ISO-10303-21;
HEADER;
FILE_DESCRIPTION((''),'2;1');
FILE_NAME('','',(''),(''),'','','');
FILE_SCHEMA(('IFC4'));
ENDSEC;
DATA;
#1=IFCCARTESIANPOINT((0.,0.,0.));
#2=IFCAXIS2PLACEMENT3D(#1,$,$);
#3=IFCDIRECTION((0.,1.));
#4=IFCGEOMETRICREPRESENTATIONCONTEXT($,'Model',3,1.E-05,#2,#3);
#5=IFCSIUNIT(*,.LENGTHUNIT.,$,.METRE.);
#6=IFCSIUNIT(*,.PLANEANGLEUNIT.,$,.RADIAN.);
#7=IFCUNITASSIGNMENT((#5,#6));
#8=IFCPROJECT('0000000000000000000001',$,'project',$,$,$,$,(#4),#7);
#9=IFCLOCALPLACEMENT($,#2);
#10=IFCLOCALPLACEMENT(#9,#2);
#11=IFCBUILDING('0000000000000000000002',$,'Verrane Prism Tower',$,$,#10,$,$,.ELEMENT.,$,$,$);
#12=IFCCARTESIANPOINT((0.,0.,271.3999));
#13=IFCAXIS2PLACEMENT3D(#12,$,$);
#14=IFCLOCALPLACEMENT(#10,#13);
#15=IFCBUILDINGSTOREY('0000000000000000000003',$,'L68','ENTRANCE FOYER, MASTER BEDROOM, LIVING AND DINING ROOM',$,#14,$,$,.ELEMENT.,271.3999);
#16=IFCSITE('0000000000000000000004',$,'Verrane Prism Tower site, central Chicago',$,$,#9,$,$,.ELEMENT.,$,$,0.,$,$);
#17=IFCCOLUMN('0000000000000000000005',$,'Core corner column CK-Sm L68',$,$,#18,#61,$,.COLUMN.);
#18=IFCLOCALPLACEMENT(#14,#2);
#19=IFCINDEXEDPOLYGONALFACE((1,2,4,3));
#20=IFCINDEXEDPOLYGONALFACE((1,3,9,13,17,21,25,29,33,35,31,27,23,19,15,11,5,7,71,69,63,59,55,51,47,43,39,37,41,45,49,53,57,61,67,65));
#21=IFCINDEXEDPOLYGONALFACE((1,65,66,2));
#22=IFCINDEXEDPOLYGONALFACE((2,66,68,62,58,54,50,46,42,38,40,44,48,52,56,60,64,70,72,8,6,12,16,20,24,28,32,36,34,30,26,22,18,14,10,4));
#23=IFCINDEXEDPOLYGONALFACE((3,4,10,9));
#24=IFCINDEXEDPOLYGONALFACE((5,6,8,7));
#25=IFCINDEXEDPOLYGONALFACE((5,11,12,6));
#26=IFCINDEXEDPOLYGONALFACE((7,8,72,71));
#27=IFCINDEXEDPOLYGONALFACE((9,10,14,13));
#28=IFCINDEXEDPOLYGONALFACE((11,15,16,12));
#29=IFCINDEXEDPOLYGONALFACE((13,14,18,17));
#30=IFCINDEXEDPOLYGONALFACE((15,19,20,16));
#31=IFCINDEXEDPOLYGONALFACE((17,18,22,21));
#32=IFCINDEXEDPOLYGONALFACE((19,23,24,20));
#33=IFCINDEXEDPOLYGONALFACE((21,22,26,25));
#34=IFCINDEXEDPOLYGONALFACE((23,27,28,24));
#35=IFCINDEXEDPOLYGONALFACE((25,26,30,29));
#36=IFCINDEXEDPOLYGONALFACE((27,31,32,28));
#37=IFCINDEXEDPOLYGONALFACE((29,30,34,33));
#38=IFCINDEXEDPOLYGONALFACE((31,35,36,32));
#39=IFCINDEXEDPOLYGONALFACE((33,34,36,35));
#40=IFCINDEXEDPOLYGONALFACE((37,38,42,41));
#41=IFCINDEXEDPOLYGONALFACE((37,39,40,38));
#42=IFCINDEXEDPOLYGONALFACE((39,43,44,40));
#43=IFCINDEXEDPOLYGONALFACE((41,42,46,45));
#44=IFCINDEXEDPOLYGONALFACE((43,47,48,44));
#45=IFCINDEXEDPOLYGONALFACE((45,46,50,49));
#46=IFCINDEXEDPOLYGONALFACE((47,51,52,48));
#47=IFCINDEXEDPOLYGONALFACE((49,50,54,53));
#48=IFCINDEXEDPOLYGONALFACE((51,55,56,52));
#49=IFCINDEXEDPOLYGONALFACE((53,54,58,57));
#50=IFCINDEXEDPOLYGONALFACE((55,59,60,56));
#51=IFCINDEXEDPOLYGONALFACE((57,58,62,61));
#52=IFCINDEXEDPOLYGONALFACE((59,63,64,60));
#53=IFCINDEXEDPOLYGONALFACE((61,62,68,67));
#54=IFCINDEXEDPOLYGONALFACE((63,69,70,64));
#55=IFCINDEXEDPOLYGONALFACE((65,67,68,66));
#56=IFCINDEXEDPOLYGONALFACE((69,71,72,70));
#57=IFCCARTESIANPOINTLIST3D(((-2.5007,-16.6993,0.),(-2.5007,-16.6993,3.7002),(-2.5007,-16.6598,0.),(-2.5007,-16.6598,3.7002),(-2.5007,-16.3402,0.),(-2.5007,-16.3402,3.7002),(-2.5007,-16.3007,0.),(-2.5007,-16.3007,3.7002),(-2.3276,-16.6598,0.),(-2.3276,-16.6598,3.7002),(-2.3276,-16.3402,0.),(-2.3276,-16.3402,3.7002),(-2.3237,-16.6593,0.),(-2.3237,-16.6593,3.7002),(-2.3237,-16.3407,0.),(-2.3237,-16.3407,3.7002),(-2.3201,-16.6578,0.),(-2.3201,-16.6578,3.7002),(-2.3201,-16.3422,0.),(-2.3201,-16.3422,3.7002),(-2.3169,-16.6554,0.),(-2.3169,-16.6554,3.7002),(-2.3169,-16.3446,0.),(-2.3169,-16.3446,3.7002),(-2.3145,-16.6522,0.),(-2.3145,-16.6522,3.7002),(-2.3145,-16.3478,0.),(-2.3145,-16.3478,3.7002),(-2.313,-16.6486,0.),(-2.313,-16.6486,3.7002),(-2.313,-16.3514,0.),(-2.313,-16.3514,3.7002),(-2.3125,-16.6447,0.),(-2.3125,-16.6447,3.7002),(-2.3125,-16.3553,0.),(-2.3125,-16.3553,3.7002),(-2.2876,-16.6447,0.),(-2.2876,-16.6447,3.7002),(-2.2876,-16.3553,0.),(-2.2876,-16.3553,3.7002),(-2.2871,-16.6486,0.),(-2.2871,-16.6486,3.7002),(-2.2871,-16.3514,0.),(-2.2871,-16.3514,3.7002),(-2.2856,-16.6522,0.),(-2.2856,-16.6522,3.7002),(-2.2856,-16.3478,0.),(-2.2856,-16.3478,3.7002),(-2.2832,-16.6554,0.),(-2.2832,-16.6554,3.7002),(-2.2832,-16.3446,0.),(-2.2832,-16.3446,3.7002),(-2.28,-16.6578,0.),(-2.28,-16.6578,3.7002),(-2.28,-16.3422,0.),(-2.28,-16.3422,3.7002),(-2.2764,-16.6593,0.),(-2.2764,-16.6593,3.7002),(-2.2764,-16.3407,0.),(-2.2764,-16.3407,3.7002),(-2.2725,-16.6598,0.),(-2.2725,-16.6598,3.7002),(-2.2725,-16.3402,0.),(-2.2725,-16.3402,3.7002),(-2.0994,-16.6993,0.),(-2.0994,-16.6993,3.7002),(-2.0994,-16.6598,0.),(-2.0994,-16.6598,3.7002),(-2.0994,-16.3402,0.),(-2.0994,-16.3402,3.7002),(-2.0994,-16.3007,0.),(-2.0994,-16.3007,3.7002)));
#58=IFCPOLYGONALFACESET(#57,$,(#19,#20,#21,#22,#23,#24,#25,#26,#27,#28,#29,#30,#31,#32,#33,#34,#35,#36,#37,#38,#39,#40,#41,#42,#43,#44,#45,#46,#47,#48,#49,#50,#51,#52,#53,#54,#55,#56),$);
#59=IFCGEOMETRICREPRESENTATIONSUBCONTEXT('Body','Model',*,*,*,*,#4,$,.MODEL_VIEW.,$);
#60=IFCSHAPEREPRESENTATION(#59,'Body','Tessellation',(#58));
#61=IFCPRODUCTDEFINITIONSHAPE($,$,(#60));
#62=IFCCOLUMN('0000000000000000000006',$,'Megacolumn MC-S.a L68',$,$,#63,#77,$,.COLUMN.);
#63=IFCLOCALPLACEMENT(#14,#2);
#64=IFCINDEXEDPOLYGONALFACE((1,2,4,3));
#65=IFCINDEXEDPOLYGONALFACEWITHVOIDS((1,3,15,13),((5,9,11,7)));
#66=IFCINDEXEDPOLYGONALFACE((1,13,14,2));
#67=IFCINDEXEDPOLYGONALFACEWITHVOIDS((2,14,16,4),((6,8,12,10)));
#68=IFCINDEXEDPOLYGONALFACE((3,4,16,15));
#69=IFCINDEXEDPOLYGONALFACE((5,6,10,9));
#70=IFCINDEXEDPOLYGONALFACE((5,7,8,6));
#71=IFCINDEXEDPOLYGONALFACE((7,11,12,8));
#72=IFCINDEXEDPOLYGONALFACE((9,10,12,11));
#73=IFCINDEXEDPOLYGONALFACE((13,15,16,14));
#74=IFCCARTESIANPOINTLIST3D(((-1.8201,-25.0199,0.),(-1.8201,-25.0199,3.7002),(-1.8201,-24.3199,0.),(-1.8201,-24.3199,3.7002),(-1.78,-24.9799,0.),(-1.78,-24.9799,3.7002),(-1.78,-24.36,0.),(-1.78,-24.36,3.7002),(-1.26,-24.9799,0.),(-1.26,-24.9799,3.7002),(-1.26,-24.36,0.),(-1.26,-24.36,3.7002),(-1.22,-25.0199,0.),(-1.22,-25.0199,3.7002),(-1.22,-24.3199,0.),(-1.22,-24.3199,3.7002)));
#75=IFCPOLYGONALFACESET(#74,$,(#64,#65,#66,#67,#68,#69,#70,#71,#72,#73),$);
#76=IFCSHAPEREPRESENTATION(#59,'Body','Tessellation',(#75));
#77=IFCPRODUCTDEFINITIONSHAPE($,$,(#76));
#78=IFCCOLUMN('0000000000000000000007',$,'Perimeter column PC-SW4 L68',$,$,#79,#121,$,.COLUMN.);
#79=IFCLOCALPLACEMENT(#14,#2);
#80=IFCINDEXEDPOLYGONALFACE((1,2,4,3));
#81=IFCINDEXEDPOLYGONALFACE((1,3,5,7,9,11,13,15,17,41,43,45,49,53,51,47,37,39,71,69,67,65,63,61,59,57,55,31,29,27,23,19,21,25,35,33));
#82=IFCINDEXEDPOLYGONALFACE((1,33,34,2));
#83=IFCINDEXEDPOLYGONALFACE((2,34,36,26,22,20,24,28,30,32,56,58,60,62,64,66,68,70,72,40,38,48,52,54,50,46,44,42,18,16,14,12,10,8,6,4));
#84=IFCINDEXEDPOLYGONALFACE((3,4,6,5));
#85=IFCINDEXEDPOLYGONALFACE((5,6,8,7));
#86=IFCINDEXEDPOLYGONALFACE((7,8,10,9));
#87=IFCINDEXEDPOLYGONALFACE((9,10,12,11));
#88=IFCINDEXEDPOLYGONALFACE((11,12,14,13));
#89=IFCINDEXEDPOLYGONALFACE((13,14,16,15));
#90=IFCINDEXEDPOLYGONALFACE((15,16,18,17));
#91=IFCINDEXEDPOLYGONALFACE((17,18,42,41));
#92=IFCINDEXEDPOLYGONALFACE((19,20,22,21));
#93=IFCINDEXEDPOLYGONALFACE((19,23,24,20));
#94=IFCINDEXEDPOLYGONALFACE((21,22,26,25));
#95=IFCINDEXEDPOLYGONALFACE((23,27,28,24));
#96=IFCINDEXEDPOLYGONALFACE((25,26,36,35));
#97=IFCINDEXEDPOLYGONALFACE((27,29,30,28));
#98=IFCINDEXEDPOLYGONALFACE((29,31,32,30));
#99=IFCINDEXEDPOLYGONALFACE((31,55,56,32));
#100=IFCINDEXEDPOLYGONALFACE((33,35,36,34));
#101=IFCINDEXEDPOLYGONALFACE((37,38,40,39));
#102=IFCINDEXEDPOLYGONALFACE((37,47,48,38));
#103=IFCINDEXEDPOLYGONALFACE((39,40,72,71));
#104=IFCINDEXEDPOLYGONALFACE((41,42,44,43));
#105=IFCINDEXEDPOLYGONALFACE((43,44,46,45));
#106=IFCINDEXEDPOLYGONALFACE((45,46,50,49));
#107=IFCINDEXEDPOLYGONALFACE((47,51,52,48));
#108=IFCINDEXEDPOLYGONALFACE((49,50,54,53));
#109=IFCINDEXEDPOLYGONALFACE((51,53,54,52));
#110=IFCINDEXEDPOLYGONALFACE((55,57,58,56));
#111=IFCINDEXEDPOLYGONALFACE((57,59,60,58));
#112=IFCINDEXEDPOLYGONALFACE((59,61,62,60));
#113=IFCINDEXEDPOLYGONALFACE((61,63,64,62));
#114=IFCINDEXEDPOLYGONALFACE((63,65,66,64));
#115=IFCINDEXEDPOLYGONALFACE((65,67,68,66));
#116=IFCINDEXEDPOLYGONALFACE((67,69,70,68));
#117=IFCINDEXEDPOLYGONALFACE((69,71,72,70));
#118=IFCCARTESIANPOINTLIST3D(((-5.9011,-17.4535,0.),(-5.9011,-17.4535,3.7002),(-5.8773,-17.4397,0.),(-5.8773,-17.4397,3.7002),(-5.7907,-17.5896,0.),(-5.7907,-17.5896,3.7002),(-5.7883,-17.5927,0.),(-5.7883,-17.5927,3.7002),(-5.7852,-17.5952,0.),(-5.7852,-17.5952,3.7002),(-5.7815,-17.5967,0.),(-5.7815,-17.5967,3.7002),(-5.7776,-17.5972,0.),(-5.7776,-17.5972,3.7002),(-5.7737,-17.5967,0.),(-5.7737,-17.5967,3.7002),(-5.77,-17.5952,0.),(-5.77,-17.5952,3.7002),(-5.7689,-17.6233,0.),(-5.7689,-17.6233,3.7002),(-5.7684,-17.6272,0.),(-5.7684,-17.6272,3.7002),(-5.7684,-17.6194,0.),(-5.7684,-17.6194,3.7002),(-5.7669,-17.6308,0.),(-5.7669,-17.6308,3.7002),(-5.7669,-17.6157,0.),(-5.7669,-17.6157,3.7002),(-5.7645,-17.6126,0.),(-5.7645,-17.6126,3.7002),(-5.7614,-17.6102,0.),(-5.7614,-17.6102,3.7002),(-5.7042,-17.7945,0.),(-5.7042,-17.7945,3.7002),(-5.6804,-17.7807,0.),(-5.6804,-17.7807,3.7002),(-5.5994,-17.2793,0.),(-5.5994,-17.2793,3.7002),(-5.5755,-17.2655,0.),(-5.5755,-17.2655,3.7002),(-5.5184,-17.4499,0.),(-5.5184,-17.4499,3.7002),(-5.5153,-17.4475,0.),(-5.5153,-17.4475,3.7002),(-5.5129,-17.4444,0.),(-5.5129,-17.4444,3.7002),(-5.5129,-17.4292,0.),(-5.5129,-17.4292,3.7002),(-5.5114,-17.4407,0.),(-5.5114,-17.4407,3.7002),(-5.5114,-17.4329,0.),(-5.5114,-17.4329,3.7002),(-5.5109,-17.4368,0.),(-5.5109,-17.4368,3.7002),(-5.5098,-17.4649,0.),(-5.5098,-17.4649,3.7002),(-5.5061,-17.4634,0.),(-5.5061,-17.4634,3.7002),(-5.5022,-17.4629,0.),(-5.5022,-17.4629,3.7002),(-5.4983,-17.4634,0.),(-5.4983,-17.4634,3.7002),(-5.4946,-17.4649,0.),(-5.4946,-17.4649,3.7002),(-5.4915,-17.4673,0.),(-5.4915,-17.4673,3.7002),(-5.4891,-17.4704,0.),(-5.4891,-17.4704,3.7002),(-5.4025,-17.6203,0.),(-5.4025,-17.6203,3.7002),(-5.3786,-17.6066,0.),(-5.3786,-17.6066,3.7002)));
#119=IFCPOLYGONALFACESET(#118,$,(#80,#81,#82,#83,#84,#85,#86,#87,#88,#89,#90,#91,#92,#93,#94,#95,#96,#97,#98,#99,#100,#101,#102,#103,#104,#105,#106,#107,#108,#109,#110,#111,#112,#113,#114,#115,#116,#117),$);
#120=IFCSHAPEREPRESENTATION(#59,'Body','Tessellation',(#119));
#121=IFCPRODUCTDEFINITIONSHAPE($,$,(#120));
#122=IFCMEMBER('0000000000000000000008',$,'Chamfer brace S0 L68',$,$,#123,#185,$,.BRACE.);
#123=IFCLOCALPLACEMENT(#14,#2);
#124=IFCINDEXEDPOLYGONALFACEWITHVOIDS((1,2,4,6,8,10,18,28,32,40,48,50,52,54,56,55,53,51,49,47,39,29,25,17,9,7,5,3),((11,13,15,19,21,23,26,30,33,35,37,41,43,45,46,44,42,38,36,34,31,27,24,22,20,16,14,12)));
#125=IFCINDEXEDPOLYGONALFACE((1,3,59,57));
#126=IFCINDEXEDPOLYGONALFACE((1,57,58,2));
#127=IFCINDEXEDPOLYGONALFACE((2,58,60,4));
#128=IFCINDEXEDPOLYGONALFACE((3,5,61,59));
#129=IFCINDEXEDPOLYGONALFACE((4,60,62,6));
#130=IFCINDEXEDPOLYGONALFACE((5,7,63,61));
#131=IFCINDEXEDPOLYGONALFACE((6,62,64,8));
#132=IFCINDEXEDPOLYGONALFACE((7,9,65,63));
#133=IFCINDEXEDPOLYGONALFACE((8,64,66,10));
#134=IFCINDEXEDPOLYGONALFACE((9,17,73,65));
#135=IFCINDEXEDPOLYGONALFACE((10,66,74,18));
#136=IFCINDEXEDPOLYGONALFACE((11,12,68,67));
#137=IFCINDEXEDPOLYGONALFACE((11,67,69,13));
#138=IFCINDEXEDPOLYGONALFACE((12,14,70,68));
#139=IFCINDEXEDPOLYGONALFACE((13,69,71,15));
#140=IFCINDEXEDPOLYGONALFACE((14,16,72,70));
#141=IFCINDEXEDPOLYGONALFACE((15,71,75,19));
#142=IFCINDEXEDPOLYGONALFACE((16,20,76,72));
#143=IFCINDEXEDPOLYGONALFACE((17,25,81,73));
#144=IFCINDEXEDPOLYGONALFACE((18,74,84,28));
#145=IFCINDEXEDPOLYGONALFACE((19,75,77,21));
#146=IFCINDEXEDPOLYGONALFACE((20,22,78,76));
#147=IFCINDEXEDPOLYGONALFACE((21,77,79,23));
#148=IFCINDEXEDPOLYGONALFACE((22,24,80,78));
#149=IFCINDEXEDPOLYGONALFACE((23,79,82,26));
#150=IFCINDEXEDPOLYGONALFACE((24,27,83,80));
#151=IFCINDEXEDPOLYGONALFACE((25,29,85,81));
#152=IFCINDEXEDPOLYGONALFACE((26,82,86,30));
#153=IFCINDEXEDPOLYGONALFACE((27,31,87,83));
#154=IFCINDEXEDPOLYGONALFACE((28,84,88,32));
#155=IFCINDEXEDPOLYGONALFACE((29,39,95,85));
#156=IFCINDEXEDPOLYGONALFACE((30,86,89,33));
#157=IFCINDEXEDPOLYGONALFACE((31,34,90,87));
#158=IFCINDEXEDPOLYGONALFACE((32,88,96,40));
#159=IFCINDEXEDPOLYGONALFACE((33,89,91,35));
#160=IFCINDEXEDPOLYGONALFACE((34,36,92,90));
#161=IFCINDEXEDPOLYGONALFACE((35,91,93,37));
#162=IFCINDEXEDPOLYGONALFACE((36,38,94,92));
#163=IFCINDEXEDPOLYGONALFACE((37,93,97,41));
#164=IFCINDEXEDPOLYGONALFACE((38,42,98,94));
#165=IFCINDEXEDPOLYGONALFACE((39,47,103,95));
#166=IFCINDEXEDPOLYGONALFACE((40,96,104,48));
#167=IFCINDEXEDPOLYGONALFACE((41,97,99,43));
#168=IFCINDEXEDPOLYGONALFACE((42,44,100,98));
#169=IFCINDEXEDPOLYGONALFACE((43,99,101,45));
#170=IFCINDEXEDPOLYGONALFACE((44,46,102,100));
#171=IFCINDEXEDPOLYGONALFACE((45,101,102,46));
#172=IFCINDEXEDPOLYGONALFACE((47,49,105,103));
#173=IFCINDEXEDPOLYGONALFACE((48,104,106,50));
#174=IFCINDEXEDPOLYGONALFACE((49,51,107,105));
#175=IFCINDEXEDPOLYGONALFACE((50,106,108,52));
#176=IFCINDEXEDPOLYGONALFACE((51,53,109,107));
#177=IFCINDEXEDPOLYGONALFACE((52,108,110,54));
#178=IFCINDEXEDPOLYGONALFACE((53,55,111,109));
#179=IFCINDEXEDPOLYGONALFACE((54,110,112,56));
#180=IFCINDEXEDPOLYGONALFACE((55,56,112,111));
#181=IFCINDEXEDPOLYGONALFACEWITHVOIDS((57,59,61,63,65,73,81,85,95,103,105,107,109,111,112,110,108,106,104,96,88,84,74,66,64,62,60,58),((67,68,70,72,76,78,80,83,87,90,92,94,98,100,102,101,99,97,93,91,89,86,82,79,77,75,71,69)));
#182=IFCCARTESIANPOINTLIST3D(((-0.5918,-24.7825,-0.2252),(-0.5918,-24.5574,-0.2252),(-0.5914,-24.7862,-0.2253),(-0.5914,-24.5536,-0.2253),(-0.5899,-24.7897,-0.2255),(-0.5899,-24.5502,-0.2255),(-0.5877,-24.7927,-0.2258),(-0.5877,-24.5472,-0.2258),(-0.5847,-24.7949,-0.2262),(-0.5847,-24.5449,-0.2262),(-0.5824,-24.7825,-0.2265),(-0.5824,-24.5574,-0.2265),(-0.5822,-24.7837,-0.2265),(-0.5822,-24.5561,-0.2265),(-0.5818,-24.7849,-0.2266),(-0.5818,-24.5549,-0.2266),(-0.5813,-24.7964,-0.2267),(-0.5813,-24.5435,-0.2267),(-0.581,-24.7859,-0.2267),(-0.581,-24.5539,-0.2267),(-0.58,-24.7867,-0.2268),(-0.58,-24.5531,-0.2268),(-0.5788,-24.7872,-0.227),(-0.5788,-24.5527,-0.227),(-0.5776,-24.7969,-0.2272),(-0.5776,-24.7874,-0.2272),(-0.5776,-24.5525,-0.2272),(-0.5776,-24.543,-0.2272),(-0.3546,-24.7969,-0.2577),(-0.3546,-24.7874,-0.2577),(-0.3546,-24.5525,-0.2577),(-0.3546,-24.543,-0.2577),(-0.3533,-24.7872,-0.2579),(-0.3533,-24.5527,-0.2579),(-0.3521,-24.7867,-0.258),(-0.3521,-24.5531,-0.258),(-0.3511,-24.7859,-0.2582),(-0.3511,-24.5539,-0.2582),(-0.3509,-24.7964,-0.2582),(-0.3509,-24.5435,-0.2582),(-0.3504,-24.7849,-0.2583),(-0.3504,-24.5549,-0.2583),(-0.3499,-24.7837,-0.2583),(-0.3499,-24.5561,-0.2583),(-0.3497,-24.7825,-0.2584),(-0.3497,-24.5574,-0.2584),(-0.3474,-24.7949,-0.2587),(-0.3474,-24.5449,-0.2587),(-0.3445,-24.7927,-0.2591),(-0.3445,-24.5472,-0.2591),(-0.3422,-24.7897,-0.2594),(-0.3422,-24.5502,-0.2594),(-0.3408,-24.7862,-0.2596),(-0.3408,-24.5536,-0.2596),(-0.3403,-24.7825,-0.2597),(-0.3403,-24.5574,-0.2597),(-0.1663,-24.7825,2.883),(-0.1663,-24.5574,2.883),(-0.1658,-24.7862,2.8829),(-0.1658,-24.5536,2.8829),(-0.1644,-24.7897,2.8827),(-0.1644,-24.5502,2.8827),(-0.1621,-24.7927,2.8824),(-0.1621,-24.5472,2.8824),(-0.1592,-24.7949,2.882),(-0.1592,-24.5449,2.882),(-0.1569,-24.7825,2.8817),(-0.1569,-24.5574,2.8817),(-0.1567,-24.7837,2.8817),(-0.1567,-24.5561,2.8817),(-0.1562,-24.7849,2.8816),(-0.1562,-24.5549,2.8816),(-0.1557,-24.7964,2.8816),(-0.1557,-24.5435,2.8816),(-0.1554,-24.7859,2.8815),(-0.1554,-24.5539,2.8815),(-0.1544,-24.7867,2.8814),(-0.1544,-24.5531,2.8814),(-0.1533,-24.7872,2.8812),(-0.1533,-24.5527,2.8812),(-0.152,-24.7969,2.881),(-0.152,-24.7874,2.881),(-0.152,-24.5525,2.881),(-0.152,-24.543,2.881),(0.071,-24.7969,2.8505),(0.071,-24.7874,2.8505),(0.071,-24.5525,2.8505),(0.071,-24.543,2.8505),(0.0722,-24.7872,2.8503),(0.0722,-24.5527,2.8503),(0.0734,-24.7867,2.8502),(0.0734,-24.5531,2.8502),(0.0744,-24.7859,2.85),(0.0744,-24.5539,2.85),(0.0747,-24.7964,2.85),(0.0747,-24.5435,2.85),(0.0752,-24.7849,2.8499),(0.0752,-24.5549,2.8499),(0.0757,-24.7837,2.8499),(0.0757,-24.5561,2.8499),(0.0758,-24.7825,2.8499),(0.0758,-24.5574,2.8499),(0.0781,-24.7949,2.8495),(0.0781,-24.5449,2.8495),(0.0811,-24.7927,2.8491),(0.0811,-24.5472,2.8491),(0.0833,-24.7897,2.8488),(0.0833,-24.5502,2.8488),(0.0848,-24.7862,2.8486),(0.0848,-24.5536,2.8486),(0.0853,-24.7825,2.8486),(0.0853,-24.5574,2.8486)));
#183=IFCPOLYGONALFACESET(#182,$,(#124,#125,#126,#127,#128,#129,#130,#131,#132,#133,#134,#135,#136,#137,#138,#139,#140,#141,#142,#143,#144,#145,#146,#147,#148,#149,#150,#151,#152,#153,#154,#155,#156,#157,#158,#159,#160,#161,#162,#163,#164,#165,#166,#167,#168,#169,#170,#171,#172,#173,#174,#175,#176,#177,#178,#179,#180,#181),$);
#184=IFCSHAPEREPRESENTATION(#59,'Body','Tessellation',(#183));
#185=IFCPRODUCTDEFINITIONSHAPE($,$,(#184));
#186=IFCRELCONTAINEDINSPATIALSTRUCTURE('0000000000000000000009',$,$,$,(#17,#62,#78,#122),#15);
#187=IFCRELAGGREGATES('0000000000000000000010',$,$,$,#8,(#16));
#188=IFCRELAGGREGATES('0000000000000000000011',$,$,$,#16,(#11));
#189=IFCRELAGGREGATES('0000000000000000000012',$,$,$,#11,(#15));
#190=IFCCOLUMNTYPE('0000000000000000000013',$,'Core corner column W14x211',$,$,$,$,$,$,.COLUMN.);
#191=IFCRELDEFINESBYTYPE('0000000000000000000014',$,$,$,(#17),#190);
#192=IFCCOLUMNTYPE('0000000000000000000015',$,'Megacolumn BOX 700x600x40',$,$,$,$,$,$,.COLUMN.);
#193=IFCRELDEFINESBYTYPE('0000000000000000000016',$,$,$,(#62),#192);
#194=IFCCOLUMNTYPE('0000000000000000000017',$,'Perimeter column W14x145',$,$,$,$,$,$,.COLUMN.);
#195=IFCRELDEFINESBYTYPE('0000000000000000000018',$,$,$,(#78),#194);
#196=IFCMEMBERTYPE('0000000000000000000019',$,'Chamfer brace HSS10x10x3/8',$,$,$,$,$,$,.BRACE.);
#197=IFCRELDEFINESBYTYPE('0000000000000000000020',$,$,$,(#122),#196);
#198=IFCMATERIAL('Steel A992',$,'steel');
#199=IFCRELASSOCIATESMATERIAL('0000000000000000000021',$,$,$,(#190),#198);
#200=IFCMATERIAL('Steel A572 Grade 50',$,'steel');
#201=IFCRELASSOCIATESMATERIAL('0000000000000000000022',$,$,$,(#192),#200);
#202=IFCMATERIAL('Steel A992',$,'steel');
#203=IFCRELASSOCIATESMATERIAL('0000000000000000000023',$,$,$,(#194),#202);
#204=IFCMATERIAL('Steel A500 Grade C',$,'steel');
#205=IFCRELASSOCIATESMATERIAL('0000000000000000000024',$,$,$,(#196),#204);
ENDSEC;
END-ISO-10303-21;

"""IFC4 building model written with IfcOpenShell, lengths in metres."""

from ifc_helpers import new_model, si_unit, direction, frame, origin, origin_2d, place, context, subcontext, project, spatial, hollow_rectangle, i_section, extrude, material, material_profile, profile_set, type_object, element, save


model = new_model("IFC4")

# Units and contexts
model_context = context("Model", 3, precision=1e-05, world=origin(), true_north=direction((0.0, 1.0)))
body_context = subcontext(model_context, "Body", "Model", "MODEL_VIEW")
ifc_project = project(units=[si_unit("LENGTHUNIT", "METRE"), si_unit("PLANEANGLEUNIT", "RADIAN")], contexts=[model_context])

# Site, building, storey
site_placement = place(None, origin())
site = spatial("IfcSite", under=ifc_project, at=site_placement, Name="Verrane Prism Tower site, central Chicago", CompositionType="ELEMENT", RefElevation=0.0)
building_placement = place(site_placement, origin())
building = spatial("IfcBuilding", under=site, at=building_placement, Name="Verrane Prism Tower", CompositionType="ELEMENT")
storey_placement = place(building_placement, frame((0.0, 0.0, 271.3999)))
storey = spatial("IfcBuildingStorey", under=building, at=storey_placement, Name="L68", Description="ENTRANCE FOYER, MASTER BEDROOM, LIVING AND DINING ROOM", CompositionType="ELEMENT", Elevation=271.3999)

# Columns
ifc_material_1 = material(Name="Steel A992", Category="steel")
ifc_material_profile_1 = material_profile(ifc_material_1, i_section(OverallWidth=0.4014, OverallDepth=0.3987, WebThickness=0.0249, FlangeThickness=0.0396, FilletRadius=0.0151, at=origin_2d()), Name="W14x211")
ifc_profile_set_1 = profile_set([ifc_material_profile_1], Name="Steel A992")
column_type_1 = type_object("IfcColumnType", Name="Core corner column W14x211", PredefinedType="COLUMN", material=ifc_profile_set_1)
column_1_placement = place(storey_placement, frame((-2.3, -16.5, 0.0), z_axis=(0.0, 0.0, 1.0), x_axis=(-1.0, 0.0, 0.0)))
element("IfcColumn", 1, at=column_1_placement, inside=storey, type_object=column_type_1, Name="Core corner column CK-Sm L68", PredefinedType="COLUMN", context=body_context, shape_type="SweptSolid", body=[
    extrude(i_section(OverallWidth=0.4014, OverallDepth=0.3987, WebThickness=0.0249, FlangeThickness=0.0396, FilletRadius=0.0151, at=origin_2d()), origin(), (0.0, 0.0, 1.0), 3.7002),
])
ifc_material_2 = material(Name="Steel A572 Grade 50", Category="steel")
ifc_material_profile_2 = material_profile(ifc_material_2, hollow_rectangle(XDim=0.6001, YDim=0.7, WallThickness=0.04, at=origin_2d()), Name="BOX 700x600x40")
ifc_profile_set_2 = profile_set([ifc_material_profile_2], Name="Steel A572 Grade 50")
column_type_2 = type_object("IfcColumnType", Name="Megacolumn BOX 700x600x40", PredefinedType="COLUMN", material=ifc_profile_set_2)
column_2_placement = place(storey_placement, frame((-1.52, -24.6699, 0.0), z_axis=(0.0, 0.0, 1.0), x_axis=(-1.0, 0.0, 0.0)))
element("IfcColumn", 2, at=column_2_placement, inside=storey, type_object=column_type_2, Name="Megacolumn MC-S.a L68", PredefinedType="COLUMN", context=body_context, shape_type="SweptSolid", body=[
    extrude(hollow_rectangle(XDim=0.6001, YDim=0.7, WallThickness=0.04, at=origin_2d()), origin(), (0.0, 0.0, 1.0), 3.7002),
])
ifc_material_3 = material(Name="Steel A992", Category="steel")
ifc_material_profile_3 = material_profile(ifc_material_3, i_section(OverallWidth=0.3938, OverallDepth=0.376, WebThickness=0.0173, FlangeThickness=0.0276, FilletRadius=0.0151, at=origin_2d()), Name="W14x145")
ifc_profile_set_3 = profile_set([ifc_material_profile_3], Name="Steel A992")
column_type_3 = type_object("IfcColumnType", Name="Perimeter column W14x145", PredefinedType="COLUMN", material=ifc_profile_set_3)
column_3_placement = place(storey_placement, frame((-5.6399, -17.53, 0.0), z_axis=(0.0, 0.0, 1.0), x_axis=(-0.5, 0.866025, 0.0)))
element("IfcColumn", 3, at=column_3_placement, inside=storey, type_object=column_type_3, Name="Perimeter column PC-SW4 L68", PredefinedType="COLUMN", context=body_context, shape_type="SweptSolid", body=[
    extrude(i_section(OverallWidth=0.3938, OverallDepth=0.376, WebThickness=0.0173, FlangeThickness=0.0276, FilletRadius=0.0151, at=origin_2d()), origin(), (0.0, 0.0, 1.0), 3.7002),
])

# Member
ifc_material_4 = material(Name="Steel A500 Grade C", Category="steel")
ifc_material_profile_4 = material_profile(ifc_material_4, hollow_rectangle(XDim=0.2539, YDim=0.2539, WallThickness=0.0095, InnerFilletRadius=0.0049, OuterFilletRadius=0.0144, at=origin_2d()), Name="HSS10x10x3/8")
ifc_profile_set_4 = profile_set([ifc_material_profile_4], Name="Steel A500 Grade C")
member_type_1 = type_object("IfcMemberType", Name="Chamfer brace HSS10x10x3/8", PredefinedType="BRACE", material=ifc_profile_set_4)
member_1_placement = place(storey_placement, frame((-0.4661, -24.6699, -0.2424), z_axis=(0.135645, 0.0, 0.990758), x_axis=(0.0, 1.0, 0.0)))
element("IfcMember", 4, at=member_1_placement, inside=storey, type_object=member_type_1, Name="Chamfer brace S0 L68", PredefinedType="BRACE", context=body_context, shape_type="SweptSolid", body=[
    extrude(hollow_rectangle(XDim=0.2539, YDim=0.2539, WallThickness=0.0095, InnerFilletRadius=0.0049, OuterFilletRadius=0.0144, at=origin_2d()), origin(), (0.0, 0.0, 1.0), 3.1372),
])

save(model, "model.ifc")
